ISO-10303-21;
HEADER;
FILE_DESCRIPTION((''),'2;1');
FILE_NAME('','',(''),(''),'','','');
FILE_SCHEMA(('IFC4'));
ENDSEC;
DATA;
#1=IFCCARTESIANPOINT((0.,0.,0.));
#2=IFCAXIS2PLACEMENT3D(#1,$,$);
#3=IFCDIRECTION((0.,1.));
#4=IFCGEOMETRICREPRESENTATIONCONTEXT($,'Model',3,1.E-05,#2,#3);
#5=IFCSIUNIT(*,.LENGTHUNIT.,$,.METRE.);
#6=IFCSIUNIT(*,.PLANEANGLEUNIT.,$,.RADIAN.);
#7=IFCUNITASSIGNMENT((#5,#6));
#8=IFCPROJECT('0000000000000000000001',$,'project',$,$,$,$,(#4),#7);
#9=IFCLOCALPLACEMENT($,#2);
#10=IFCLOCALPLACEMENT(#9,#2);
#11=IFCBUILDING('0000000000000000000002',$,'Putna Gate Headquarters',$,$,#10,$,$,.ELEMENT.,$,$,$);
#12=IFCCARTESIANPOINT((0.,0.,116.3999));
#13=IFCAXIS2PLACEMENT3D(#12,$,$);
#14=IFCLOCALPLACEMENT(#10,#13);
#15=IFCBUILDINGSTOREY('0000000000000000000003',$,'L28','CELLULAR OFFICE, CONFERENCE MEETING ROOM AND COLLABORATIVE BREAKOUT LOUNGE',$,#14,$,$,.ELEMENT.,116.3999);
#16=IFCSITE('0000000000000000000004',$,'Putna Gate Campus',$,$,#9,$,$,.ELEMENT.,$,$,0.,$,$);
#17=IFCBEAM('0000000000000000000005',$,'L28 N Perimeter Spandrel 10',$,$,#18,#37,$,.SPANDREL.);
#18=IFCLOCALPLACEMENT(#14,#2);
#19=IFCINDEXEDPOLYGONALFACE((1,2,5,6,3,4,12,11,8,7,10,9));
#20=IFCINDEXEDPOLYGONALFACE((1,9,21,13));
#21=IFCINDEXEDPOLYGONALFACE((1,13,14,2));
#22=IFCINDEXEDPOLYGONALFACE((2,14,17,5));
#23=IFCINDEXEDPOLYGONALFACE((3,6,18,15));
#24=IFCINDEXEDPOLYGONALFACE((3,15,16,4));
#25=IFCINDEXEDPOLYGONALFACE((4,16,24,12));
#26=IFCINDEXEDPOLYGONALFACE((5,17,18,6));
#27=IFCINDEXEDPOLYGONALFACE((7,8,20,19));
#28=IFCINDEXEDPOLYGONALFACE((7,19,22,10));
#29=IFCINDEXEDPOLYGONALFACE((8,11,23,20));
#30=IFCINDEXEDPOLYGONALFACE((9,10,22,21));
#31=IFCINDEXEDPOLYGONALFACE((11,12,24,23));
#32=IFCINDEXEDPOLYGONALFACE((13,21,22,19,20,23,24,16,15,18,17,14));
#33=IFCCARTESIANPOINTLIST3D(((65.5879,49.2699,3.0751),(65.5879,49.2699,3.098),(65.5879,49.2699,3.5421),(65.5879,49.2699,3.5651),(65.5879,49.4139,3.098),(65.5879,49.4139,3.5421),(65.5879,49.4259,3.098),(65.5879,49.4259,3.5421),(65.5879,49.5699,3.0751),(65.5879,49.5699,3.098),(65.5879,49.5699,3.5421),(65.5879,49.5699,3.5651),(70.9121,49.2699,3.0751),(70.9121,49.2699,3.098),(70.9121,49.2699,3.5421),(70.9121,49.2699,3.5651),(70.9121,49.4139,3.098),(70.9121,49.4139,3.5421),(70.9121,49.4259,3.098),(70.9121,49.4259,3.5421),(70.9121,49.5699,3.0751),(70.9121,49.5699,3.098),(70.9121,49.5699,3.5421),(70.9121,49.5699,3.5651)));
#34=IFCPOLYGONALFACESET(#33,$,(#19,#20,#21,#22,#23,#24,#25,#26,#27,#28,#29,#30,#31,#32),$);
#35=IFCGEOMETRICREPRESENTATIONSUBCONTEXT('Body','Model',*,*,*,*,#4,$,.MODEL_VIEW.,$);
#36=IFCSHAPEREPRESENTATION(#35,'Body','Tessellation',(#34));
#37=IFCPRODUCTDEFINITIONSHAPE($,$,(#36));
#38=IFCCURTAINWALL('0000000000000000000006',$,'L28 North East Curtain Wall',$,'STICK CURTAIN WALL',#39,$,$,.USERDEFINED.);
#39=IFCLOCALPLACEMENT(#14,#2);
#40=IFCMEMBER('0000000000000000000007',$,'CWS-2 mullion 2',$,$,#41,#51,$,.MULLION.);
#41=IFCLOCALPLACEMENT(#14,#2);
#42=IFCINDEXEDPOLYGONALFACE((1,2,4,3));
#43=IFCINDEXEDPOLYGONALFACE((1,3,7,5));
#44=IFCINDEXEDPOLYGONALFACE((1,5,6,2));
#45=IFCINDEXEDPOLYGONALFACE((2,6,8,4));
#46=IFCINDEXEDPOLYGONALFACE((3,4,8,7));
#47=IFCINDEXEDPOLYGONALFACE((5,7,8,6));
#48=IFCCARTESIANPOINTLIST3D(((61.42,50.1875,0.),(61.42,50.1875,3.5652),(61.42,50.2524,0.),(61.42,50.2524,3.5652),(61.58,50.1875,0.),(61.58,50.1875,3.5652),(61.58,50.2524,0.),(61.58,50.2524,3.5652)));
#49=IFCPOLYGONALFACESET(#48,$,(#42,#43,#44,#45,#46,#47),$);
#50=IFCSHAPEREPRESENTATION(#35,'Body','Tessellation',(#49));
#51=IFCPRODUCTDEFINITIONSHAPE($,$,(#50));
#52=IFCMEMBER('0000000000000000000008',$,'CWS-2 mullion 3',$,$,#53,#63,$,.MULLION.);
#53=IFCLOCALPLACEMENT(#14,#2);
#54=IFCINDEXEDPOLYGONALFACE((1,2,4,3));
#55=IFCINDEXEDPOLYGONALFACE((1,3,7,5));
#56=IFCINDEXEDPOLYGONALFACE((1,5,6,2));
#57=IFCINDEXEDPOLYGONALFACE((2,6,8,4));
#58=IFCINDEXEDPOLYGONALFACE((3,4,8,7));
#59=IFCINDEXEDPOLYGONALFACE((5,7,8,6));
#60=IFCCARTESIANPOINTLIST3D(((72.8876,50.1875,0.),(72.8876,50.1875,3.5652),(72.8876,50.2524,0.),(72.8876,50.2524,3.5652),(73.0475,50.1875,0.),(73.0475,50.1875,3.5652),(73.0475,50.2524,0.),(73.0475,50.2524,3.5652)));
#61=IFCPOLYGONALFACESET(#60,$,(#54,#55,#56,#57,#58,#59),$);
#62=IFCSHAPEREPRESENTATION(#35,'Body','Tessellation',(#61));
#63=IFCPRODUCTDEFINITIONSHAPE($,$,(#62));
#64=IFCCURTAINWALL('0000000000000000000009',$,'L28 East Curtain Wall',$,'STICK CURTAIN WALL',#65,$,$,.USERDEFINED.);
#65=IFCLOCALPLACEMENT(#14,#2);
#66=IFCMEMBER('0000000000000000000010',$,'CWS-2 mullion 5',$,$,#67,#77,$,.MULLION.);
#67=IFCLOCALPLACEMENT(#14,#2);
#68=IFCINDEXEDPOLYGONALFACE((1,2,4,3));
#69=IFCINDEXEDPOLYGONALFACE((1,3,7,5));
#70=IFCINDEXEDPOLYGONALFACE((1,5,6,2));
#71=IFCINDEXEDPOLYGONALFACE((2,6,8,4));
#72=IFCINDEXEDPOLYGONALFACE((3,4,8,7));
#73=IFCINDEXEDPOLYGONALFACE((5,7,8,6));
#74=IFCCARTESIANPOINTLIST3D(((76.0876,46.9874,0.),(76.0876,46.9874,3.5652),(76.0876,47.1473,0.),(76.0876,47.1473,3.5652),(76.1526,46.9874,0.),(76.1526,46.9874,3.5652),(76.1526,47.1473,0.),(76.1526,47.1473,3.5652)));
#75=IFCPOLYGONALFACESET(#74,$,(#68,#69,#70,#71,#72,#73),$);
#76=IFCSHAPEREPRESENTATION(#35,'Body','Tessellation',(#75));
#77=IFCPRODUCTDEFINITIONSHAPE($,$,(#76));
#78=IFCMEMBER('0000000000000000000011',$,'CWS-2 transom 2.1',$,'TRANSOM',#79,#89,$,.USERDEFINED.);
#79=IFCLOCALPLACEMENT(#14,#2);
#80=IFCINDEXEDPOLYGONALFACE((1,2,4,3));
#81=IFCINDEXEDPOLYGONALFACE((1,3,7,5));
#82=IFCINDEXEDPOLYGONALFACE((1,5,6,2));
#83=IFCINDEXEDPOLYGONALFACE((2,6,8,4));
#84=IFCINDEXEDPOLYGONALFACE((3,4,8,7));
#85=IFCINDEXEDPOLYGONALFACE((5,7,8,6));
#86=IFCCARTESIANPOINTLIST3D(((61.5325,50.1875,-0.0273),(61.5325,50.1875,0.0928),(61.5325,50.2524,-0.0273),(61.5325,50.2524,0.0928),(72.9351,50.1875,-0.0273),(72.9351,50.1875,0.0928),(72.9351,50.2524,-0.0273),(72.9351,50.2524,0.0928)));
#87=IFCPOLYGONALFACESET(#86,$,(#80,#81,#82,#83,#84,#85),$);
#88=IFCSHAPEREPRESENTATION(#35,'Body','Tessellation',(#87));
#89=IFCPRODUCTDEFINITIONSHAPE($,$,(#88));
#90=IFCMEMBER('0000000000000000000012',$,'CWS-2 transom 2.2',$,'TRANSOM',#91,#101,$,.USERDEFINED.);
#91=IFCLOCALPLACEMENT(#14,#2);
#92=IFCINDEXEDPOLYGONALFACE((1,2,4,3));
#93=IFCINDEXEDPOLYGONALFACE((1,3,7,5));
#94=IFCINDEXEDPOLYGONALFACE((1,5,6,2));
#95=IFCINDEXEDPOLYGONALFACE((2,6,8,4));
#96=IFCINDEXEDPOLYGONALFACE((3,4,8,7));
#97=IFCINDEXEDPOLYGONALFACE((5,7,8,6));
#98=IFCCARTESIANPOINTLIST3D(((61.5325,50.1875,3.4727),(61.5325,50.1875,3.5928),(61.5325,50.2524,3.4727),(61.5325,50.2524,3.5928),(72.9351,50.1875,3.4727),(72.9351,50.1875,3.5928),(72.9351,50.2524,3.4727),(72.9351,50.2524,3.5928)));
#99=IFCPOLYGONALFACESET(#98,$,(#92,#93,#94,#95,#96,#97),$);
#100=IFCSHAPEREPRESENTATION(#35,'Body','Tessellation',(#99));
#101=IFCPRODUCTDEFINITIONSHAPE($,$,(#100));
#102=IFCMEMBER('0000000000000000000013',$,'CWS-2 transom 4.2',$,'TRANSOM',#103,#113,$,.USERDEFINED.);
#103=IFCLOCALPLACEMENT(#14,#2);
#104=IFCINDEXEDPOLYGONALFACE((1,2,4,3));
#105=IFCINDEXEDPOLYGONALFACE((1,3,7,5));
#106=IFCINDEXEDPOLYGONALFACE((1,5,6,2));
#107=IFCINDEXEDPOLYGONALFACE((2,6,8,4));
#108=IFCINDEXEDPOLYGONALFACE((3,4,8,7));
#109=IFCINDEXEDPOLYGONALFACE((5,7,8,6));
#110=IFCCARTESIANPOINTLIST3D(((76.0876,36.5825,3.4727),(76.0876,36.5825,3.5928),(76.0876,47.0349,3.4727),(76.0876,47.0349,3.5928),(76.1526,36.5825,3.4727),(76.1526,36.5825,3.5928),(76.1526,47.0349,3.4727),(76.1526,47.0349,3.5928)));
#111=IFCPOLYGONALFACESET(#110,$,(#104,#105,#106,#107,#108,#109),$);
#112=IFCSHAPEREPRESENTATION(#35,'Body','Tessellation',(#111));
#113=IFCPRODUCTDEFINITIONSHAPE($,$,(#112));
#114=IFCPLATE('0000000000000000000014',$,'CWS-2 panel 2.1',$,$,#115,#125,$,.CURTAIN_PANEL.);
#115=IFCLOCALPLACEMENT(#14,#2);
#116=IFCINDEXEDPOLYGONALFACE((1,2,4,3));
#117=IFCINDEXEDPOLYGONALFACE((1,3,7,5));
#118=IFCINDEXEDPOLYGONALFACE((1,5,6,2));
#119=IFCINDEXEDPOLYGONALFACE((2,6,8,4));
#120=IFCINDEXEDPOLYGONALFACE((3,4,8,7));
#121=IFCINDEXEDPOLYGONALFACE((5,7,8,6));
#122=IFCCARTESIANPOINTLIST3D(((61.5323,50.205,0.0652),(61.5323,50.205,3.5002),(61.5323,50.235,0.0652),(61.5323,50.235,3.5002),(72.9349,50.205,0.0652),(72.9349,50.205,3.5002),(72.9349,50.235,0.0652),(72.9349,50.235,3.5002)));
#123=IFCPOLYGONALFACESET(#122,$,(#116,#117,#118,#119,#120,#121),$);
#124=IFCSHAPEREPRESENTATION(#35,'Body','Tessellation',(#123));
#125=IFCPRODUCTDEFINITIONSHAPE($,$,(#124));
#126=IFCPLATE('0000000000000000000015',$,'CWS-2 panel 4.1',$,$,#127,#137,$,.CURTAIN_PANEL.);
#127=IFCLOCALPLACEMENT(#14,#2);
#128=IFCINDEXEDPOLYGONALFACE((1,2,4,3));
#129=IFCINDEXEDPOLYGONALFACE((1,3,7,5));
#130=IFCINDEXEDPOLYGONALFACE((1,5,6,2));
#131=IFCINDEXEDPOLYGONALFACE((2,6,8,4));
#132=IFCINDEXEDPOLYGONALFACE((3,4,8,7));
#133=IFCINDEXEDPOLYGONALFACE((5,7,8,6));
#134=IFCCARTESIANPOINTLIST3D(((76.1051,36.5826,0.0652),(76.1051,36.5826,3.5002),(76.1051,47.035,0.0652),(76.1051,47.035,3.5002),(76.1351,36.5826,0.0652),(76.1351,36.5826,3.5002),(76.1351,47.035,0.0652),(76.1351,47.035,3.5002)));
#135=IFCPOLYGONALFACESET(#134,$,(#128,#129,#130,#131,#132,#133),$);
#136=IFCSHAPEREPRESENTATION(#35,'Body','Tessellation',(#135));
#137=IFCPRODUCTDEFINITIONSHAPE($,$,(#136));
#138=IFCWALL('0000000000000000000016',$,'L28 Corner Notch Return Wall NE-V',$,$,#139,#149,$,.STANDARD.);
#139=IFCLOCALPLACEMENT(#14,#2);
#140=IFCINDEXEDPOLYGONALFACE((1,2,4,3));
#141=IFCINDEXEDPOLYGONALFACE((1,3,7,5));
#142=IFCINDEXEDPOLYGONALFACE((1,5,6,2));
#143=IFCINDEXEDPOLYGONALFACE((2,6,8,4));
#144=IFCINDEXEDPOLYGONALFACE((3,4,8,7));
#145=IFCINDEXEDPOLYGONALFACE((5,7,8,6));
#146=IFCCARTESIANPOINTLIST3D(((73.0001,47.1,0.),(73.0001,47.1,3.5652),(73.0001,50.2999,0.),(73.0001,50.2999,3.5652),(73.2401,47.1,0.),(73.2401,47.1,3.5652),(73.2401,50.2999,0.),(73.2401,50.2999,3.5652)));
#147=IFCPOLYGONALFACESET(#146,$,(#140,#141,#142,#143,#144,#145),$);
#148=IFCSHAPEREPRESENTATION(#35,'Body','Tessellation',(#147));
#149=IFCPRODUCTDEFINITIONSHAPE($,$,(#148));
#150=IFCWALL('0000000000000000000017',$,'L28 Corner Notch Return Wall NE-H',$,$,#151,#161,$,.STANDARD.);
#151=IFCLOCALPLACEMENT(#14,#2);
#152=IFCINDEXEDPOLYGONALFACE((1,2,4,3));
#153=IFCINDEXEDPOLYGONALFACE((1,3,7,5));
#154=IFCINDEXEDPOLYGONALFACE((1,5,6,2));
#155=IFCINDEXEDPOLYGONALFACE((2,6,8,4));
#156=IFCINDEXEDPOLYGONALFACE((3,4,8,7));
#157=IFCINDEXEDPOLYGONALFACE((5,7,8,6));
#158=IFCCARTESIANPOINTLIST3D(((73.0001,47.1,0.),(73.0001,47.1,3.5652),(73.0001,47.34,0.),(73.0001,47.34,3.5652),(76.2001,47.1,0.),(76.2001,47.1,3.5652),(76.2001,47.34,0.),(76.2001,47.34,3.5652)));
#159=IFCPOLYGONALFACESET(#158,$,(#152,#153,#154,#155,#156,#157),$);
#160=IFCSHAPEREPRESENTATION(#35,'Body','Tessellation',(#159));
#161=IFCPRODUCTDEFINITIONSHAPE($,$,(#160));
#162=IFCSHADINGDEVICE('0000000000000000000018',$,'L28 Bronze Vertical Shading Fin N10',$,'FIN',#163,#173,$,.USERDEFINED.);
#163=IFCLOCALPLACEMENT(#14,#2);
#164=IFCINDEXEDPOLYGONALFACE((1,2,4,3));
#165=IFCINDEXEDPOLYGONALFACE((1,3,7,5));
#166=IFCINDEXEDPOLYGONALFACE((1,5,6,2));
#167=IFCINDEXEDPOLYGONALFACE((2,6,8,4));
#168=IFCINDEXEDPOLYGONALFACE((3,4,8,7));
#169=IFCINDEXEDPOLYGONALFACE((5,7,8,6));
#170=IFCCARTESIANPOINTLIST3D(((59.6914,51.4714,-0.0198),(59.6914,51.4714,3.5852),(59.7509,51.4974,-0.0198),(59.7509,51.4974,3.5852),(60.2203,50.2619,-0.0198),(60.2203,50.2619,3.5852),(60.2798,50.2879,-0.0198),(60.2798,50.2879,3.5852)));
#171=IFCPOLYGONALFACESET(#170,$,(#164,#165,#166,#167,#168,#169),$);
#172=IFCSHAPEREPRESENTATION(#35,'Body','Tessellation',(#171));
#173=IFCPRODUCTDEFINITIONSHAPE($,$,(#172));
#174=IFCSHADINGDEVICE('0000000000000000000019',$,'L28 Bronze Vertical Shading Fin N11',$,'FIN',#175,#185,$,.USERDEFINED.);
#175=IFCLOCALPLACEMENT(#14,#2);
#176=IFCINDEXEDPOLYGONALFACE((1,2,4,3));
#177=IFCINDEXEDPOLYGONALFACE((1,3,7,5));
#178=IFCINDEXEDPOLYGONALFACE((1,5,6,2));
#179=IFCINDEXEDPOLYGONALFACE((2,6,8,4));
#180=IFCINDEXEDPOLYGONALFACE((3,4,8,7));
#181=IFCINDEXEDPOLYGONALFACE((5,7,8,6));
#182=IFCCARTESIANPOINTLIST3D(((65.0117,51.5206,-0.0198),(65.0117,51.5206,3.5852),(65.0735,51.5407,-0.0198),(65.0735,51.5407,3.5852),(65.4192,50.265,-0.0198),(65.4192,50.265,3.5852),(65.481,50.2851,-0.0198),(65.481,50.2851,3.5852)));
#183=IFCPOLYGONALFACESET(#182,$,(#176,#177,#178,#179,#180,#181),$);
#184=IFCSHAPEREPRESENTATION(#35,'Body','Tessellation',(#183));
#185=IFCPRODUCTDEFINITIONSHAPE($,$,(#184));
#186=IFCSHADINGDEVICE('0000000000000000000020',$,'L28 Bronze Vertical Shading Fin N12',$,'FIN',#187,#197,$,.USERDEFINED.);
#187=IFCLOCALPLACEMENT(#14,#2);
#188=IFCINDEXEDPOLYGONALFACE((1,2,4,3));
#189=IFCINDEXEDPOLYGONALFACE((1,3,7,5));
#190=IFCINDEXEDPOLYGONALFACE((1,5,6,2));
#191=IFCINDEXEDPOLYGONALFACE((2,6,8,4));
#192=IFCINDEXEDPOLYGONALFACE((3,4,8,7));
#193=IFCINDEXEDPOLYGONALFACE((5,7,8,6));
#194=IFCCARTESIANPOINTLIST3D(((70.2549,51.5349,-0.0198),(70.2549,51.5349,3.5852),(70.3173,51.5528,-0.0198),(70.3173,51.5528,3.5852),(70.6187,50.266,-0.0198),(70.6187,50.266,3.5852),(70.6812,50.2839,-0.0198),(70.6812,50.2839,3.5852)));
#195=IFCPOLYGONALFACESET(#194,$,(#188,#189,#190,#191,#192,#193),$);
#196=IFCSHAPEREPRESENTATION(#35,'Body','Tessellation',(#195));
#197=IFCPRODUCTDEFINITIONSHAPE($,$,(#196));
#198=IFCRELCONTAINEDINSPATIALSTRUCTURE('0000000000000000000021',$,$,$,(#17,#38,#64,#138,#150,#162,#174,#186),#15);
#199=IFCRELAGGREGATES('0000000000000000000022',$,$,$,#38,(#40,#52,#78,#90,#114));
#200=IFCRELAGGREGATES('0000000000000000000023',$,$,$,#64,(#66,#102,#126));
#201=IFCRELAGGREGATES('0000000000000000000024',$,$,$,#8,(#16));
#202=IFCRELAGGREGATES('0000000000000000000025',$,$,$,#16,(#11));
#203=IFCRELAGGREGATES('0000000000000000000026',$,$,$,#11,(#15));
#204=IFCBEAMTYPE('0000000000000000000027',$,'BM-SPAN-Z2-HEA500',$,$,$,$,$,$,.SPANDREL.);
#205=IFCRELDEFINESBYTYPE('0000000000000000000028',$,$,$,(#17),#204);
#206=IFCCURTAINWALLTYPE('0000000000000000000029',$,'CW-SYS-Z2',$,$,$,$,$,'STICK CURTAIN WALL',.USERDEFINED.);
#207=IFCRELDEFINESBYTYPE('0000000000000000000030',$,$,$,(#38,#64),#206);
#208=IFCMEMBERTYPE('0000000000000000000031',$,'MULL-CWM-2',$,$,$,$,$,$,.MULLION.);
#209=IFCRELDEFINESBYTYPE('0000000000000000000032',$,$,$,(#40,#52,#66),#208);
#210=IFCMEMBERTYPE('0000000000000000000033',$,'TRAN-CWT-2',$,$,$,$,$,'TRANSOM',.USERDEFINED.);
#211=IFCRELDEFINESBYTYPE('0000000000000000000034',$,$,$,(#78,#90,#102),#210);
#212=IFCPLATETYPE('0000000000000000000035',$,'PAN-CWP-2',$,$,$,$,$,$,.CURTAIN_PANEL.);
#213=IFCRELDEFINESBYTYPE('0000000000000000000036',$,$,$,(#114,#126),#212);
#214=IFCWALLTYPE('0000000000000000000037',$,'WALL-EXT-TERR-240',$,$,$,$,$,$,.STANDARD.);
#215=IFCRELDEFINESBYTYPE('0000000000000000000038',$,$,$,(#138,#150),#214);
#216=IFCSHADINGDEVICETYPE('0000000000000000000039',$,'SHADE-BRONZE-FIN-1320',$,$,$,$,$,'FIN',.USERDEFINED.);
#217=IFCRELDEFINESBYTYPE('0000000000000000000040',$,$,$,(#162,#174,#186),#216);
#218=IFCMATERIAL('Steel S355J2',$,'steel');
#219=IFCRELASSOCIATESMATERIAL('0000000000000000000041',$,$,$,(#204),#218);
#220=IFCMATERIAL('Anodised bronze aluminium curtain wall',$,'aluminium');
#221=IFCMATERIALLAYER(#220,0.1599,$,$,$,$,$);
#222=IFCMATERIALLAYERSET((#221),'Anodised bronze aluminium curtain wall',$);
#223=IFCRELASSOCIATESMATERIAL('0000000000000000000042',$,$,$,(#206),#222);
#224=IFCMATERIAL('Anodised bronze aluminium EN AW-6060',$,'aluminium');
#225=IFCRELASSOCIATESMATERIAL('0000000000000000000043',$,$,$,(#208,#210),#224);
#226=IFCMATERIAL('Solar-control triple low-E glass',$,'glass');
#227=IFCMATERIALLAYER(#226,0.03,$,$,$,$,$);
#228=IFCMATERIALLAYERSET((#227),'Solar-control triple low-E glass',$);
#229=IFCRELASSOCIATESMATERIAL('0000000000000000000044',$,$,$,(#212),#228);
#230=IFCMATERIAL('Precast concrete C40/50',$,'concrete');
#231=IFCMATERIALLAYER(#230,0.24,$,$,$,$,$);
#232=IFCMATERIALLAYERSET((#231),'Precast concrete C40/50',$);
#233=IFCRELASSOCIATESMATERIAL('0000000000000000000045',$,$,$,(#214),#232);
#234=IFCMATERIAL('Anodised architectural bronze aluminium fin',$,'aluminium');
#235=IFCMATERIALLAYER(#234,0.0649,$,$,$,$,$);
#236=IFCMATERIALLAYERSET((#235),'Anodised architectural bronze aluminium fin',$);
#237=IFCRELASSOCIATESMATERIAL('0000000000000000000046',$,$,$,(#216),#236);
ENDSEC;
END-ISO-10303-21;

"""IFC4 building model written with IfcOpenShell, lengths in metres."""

from ifc_helpers import new_model, si_unit, direction, frame, frame_2d, origin, origin_2d, place, context, subcontext, project, spatial, rectangle, i_section, extrude, material, layer, layer_set, material_profile, profile_set, type_object, element, aggregate, save


model = new_model("IFC4")

# Units and contexts
model_context = context("Model", 3, precision=1e-05, world=origin(), true_north=direction((0.0, 1.0)))
body_context = subcontext(model_context, "Body", "Model", "MODEL_VIEW")
ifc_project = project(units=[si_unit("LENGTHUNIT", "METRE"), si_unit("PLANEANGLEUNIT", "RADIAN")], contexts=[model_context])

# Site, building, storey
site_placement = place(None, origin())
site = spatial("IfcSite", under=ifc_project, at=site_placement, Name="Putna Gate Campus", CompositionType="ELEMENT", RefElevation=0.0)
building_placement = place(site_placement, origin())
building = spatial("IfcBuilding", under=site, at=building_placement, Name="Putna Gate Headquarters", CompositionType="ELEMENT")
storey_placement = place(building_placement, frame((0.0, 0.0, 116.3999)))
storey = spatial("IfcBuildingStorey", under=building, at=storey_placement, Name="L28", Description="CELLULAR OFFICE, CONFERENCE MEETING ROOM AND COLLABORATIVE BREAKOUT LOUNGE", CompositionType="ELEMENT", Elevation=116.3999)

# Beam
ifc_material_1 = material(Name="Steel S355J2", Category="steel")
ifc_material_profile_1 = material_profile(ifc_material_1, i_section(OverallWidth=0.3, OverallDepth=0.49, WebThickness=0.012, FlangeThickness=0.0229, at=origin_2d()), Name="Steel S355J2")
ifc_profile_set_1 = profile_set([ifc_material_profile_1], Name="Steel S355J2")
beam_type_1 = type_object("IfcBeamType", Name="BM-SPAN-Z2-HEA500", PredefinedType="SPANDREL", material=ifc_profile_set_1)
for number, where, z_axis, x_axis, name in (
    (1, (65.5879, 49.4199, 3.3201), (1.0, 0.0, 0.0), (0.0, 1.0, 0.0), "L28 N Perimeter Spandrel 10"),
):
    element("IfcBeam", number, at=place(storey_placement, frame(where, z_axis=z_axis, x_axis=x_axis)), inside=storey, type_object=beam_type_1, Name=name, PredefinedType="SPANDREL", context=body_context, shape_type="SweptSolid", body=[
        extrude(i_section(OverallWidth=0.3, OverallDepth=0.49, WebThickness=0.012, FlangeThickness=0.0229, at=origin_2d()), origin(), (0.0, 0.0, 1.0), 5.3242),
    ])

# Curtain wall, members
ifc_material_2 = material(Name="Anodised bronze aluminium curtain wall", Category="aluminium")
ifc_layer_1 = layer(ifc_material_2, 0.1599)
ifc_layer_set_1 = layer_set([ifc_layer_1], Name="Anodised bronze aluminium curtain wall")
curtain_wall_type = type_object("IfcCurtainWallType", Name="CW-SYS-Z2", ElementType="STICK CURTAIN WALL", PredefinedType="USERDEFINED", material=ifc_layer_set_1)
curtain_wall_1_placement = place(storey_placement, origin())
curtain_wall_1 = element("IfcCurtainWall", 2, at=curtain_wall_1_placement, inside=storey, type_object=curtain_wall_type, Name="L28 North East Curtain Wall", ObjectType="STICK CURTAIN WALL", PredefinedType="USERDEFINED")
ifc_material_3 = material(Name="Anodised bronze aluminium EN AW-6060", Category="aluminium")
ifc_material_profile_2 = material_profile(ifc_material_3, rectangle(XDim=0.0649, YDim=0.1599, at=origin_2d()), Name="Anodised bronze aluminium EN AW-6060")
ifc_profile_set_2 = profile_set([ifc_material_profile_2], Name="Anodised bronze aluminium EN AW-6060")
member_type_1 = type_object("IfcMemberType", Name="MULL-CWM-2", PredefinedType="MULLION", material=ifc_profile_set_2)
member_1_placement = place(storey_placement, frame((61.5, 50.22, 0.0), z_axis=(0.0, 0.0, 1.0), x_axis=(0.0, 1.0, 0.0)))
member_1 = element("IfcMember", 3, at=member_1_placement, type_object=member_type_1, Name="CWS-2 mullion 2", PredefinedType="MULLION", context=body_context, shape_type="SweptSolid", body=[
    extrude(rectangle(XDim=0.0649, YDim=0.1599, at=origin_2d()), origin(), (0.0, 0.0, 1.0), 3.5652),
])
member_2_placement = place(storey_placement, frame((72.9675, 50.22, 0.0), z_axis=(0.0, 0.0, 1.0), x_axis=(0.0, 1.0, 0.0)))
member_2 = element("IfcMember", 4, at=member_2_placement, type_object=member_type_1, Name="CWS-2 mullion 3", PredefinedType="MULLION", context=body_context, shape_type="SweptSolid", body=[
    extrude(rectangle(XDim=0.0649, YDim=0.1599, at=origin_2d()), origin(), (0.0, 0.0, 1.0), 3.5652),
])

# Curtain wall, member
curtain_wall_2_placement = place(storey_placement, origin())
curtain_wall_2 = element("IfcCurtainWall", 5, at=curtain_wall_2_placement, inside=storey, type_object=curtain_wall_type, Name="L28 East Curtain Wall", ObjectType="STICK CURTAIN WALL", PredefinedType="USERDEFINED")
member_3_placement = place(storey_placement, frame((76.1201, 47.0674, 0.0), z_axis=(0.0, 0.0, 1.0), x_axis=(-1.0, 0.0, 0.0)))
member_3 = element("IfcMember", 6, at=member_3_placement, type_object=member_type_1, Name="CWS-2 mullion 5", PredefinedType="MULLION", context=body_context, shape_type="SweptSolid", body=[
    extrude(rectangle(XDim=0.0649, YDim=0.1599, at=origin_2d()), origin(), (0.0, 0.0, 1.0), 3.5652),
])

# Members
ifc_material_profile_3 = material_profile(ifc_material_3, rectangle(XDim=0.0649, YDim=0.1201, at=origin_2d()), Name="Anodised bronze aluminium EN AW-6060")
ifc_profile_set_3 = profile_set([ifc_material_profile_3], Name="Anodised bronze aluminium EN AW-6060")
member_type_2 = type_object("IfcMemberType", Name="TRAN-CWT-2", ElementType="TRANSOM", PredefinedType="USERDEFINED", material=ifc_profile_set_3)
member_4_placement = place(storey_placement, frame((61.5325, 50.22, 0.0327), z_axis=(1.0, 0.0, 0.0), x_axis=(0.0, 1.0, 0.0)))
member_4 = element("IfcMember", 7, at=member_4_placement, type_object=member_type_2, Name="CWS-2 transom 2.1", ObjectType="TRANSOM", PredefinedType="USERDEFINED", context=body_context, shape_type="SweptSolid", body=[
    extrude(rectangle(XDim=0.0649, YDim=0.1201, at=origin_2d()), origin(), (0.0, 0.0, 1.0), 11.4026),
])
member_5_placement = place(storey_placement, frame((61.5325, 50.22, 3.5327), z_axis=(1.0, 0.0, 0.0), x_axis=(0.0, 1.0, 0.0)))
member_5 = element("IfcMember", 8, at=member_5_placement, type_object=member_type_2, Name="CWS-2 transom 2.2", ObjectType="TRANSOM", PredefinedType="USERDEFINED", context=body_context, shape_type="SweptSolid", body=[
    extrude(rectangle(XDim=0.0649, YDim=0.1201, at=origin_2d()), origin(), (0.0, 0.0, 1.0), 11.4026),
])
member_6_placement = place(storey_placement, frame((76.1201, 36.5825, 3.5327), z_axis=(0.0, 1.0, 0.0), x_axis=(-1.0, 0.0, 0.0)))
member_6 = element("IfcMember", 9, at=member_6_placement, type_object=member_type_2, Name="CWS-2 transom 4.2", ObjectType="TRANSOM", PredefinedType="USERDEFINED", context=body_context, shape_type="SweptSolid", body=[
    extrude(rectangle(XDim=0.0649, YDim=0.1201, at=origin_2d()), origin(), (0.0, 0.0, 1.0), 10.4524),
])

# Plates
ifc_material_4 = material(Name="Solar-control triple low-E glass", Category="glass")
ifc_layer_2 = layer(ifc_material_4, 0.03)
ifc_layer_set_2 = layer_set([ifc_layer_2], Name="Solar-control triple low-E glass")
plate_type = type_object("IfcPlateType", Name="PAN-CWP-2", PredefinedType="CURTAIN_PANEL", material=ifc_layer_set_2)
plate_1_placement = place(storey_placement, frame((67.2336, 50.22, 0.0652), z_axis=(0.0, 0.0, 1.0), x_axis=(1.0, 0.0, 0.0)))
plate_1 = element("IfcPlate", 10, at=plate_1_placement, type_object=plate_type, Name="CWS-2 panel 2.1", PredefinedType="CURTAIN_PANEL", context=body_context, shape_type="SweptSolid", body=[
    extrude(rectangle(XDim=11.4026, YDim=0.03, at=origin_2d()), origin(), (0.0, 0.0, 1.0), 3.4351),
])
aggregate(curtain_wall_1, [member_1, member_2, member_4, member_5, plate_1])
plate_2_placement = place(storey_placement, frame((76.1201, 41.8088, 0.0652), z_axis=(0.0, 0.0, 1.0), x_axis=(0.0, 1.0, 0.0)))
plate_2 = element("IfcPlate", 11, at=plate_2_placement, type_object=plate_type, Name="CWS-2 panel 4.1", PredefinedType="CURTAIN_PANEL", context=body_context, shape_type="SweptSolid", body=[
    extrude(rectangle(XDim=10.4524, YDim=0.03, at=origin_2d()), origin(), (0.0, 0.0, 1.0), 3.4351),
])
aggregate(curtain_wall_2, [member_3, member_6, plate_2])

# Walls
ifc_material_5 = material(Name="Precast concrete C40/50", Category="concrete")
ifc_layer_3 = layer(ifc_material_5, 0.24)
ifc_layer_set_3 = layer_set([ifc_layer_3], Name="Precast concrete C40/50")
wall_type = type_object("IfcWallType", Name="WALL-EXT-TERR-240", PredefinedType="STANDARD", material=ifc_layer_set_3)
for number, where, z_axis, x_axis, name in (
    (12, (73.1201, 50.3, 0.0), (0.0, 0.0, 1.0), (0.0, -1.0, 0.0), "L28 Corner Notch Return Wall NE-V"),
    (13, (73.0, 47.22, 0.0), (0.0, 0.0, 1.0), (1.0, 0.0, 0.0), "L28 Corner Notch Return Wall NE-H"),
):
    element("IfcWall", number, at=place(storey_placement, frame(where, z_axis=z_axis, x_axis=x_axis)), inside=storey, type_object=wall_type, Name=name, PredefinedType="STANDARD", context=body_context, shape_type="SweptSolid", body=[
        extrude(rectangle(XDim=3.2, YDim=0.24, at=frame_2d((1.6001, 0.0))), origin(), (0.0, 0.0, 1.0), 3.5652),
    ])

# Shading devices
ifc_material_6 = material(Name="Anodised architectural bronze aluminium fin", Category="aluminium")
ifc_layer_4 = layer(ifc_material_6, 0.0649)
ifc_layer_set_4 = layer_set([ifc_layer_4], Name="Anodised architectural bronze aluminium fin")
shading_device_type = type_object("IfcShadingDeviceType", Name="SHADE-BRONZE-FIN-1320", ElementType="FIN", PredefinedType="USERDEFINED", material=ifc_layer_set_4)
for number, where, z_axis, x_axis, name in (
    (14, (59.9856, 50.8796, -0.0198), (0.0, 0.0, 1.0), (-0.400669, 0.916223, 0.0), "L28 Bronze Vertical Shading Fin N10"),
    (15, (65.2463, 50.9028, -0.0198), (0.0, 0.0, 1.0), (-0.308685, 0.951164, 0.0), "L28 Bronze Vertical Shading Fin N11"),
    (16, (70.468, 50.9094, -0.0198), (0.0, 0.0, 1.0), (-0.275637, 0.961262, 0.0), "L28 Bronze Vertical Shading Fin N12"),
):
    element("IfcShadingDevice", number, at=place(storey_placement, frame(where, z_axis=z_axis, x_axis=x_axis)), inside=storey, type_object=shading_device_type, Name=name, ObjectType="FIN", PredefinedType="USERDEFINED", context=body_context, shape_type="SweptSolid", body=[
        extrude(rectangle(XDim=1.3201, YDim=0.0649, at=origin_2d()), origin(), (0.0, 0.0, 1.0), 3.605),
    ])

save(model, "model.ifc")
